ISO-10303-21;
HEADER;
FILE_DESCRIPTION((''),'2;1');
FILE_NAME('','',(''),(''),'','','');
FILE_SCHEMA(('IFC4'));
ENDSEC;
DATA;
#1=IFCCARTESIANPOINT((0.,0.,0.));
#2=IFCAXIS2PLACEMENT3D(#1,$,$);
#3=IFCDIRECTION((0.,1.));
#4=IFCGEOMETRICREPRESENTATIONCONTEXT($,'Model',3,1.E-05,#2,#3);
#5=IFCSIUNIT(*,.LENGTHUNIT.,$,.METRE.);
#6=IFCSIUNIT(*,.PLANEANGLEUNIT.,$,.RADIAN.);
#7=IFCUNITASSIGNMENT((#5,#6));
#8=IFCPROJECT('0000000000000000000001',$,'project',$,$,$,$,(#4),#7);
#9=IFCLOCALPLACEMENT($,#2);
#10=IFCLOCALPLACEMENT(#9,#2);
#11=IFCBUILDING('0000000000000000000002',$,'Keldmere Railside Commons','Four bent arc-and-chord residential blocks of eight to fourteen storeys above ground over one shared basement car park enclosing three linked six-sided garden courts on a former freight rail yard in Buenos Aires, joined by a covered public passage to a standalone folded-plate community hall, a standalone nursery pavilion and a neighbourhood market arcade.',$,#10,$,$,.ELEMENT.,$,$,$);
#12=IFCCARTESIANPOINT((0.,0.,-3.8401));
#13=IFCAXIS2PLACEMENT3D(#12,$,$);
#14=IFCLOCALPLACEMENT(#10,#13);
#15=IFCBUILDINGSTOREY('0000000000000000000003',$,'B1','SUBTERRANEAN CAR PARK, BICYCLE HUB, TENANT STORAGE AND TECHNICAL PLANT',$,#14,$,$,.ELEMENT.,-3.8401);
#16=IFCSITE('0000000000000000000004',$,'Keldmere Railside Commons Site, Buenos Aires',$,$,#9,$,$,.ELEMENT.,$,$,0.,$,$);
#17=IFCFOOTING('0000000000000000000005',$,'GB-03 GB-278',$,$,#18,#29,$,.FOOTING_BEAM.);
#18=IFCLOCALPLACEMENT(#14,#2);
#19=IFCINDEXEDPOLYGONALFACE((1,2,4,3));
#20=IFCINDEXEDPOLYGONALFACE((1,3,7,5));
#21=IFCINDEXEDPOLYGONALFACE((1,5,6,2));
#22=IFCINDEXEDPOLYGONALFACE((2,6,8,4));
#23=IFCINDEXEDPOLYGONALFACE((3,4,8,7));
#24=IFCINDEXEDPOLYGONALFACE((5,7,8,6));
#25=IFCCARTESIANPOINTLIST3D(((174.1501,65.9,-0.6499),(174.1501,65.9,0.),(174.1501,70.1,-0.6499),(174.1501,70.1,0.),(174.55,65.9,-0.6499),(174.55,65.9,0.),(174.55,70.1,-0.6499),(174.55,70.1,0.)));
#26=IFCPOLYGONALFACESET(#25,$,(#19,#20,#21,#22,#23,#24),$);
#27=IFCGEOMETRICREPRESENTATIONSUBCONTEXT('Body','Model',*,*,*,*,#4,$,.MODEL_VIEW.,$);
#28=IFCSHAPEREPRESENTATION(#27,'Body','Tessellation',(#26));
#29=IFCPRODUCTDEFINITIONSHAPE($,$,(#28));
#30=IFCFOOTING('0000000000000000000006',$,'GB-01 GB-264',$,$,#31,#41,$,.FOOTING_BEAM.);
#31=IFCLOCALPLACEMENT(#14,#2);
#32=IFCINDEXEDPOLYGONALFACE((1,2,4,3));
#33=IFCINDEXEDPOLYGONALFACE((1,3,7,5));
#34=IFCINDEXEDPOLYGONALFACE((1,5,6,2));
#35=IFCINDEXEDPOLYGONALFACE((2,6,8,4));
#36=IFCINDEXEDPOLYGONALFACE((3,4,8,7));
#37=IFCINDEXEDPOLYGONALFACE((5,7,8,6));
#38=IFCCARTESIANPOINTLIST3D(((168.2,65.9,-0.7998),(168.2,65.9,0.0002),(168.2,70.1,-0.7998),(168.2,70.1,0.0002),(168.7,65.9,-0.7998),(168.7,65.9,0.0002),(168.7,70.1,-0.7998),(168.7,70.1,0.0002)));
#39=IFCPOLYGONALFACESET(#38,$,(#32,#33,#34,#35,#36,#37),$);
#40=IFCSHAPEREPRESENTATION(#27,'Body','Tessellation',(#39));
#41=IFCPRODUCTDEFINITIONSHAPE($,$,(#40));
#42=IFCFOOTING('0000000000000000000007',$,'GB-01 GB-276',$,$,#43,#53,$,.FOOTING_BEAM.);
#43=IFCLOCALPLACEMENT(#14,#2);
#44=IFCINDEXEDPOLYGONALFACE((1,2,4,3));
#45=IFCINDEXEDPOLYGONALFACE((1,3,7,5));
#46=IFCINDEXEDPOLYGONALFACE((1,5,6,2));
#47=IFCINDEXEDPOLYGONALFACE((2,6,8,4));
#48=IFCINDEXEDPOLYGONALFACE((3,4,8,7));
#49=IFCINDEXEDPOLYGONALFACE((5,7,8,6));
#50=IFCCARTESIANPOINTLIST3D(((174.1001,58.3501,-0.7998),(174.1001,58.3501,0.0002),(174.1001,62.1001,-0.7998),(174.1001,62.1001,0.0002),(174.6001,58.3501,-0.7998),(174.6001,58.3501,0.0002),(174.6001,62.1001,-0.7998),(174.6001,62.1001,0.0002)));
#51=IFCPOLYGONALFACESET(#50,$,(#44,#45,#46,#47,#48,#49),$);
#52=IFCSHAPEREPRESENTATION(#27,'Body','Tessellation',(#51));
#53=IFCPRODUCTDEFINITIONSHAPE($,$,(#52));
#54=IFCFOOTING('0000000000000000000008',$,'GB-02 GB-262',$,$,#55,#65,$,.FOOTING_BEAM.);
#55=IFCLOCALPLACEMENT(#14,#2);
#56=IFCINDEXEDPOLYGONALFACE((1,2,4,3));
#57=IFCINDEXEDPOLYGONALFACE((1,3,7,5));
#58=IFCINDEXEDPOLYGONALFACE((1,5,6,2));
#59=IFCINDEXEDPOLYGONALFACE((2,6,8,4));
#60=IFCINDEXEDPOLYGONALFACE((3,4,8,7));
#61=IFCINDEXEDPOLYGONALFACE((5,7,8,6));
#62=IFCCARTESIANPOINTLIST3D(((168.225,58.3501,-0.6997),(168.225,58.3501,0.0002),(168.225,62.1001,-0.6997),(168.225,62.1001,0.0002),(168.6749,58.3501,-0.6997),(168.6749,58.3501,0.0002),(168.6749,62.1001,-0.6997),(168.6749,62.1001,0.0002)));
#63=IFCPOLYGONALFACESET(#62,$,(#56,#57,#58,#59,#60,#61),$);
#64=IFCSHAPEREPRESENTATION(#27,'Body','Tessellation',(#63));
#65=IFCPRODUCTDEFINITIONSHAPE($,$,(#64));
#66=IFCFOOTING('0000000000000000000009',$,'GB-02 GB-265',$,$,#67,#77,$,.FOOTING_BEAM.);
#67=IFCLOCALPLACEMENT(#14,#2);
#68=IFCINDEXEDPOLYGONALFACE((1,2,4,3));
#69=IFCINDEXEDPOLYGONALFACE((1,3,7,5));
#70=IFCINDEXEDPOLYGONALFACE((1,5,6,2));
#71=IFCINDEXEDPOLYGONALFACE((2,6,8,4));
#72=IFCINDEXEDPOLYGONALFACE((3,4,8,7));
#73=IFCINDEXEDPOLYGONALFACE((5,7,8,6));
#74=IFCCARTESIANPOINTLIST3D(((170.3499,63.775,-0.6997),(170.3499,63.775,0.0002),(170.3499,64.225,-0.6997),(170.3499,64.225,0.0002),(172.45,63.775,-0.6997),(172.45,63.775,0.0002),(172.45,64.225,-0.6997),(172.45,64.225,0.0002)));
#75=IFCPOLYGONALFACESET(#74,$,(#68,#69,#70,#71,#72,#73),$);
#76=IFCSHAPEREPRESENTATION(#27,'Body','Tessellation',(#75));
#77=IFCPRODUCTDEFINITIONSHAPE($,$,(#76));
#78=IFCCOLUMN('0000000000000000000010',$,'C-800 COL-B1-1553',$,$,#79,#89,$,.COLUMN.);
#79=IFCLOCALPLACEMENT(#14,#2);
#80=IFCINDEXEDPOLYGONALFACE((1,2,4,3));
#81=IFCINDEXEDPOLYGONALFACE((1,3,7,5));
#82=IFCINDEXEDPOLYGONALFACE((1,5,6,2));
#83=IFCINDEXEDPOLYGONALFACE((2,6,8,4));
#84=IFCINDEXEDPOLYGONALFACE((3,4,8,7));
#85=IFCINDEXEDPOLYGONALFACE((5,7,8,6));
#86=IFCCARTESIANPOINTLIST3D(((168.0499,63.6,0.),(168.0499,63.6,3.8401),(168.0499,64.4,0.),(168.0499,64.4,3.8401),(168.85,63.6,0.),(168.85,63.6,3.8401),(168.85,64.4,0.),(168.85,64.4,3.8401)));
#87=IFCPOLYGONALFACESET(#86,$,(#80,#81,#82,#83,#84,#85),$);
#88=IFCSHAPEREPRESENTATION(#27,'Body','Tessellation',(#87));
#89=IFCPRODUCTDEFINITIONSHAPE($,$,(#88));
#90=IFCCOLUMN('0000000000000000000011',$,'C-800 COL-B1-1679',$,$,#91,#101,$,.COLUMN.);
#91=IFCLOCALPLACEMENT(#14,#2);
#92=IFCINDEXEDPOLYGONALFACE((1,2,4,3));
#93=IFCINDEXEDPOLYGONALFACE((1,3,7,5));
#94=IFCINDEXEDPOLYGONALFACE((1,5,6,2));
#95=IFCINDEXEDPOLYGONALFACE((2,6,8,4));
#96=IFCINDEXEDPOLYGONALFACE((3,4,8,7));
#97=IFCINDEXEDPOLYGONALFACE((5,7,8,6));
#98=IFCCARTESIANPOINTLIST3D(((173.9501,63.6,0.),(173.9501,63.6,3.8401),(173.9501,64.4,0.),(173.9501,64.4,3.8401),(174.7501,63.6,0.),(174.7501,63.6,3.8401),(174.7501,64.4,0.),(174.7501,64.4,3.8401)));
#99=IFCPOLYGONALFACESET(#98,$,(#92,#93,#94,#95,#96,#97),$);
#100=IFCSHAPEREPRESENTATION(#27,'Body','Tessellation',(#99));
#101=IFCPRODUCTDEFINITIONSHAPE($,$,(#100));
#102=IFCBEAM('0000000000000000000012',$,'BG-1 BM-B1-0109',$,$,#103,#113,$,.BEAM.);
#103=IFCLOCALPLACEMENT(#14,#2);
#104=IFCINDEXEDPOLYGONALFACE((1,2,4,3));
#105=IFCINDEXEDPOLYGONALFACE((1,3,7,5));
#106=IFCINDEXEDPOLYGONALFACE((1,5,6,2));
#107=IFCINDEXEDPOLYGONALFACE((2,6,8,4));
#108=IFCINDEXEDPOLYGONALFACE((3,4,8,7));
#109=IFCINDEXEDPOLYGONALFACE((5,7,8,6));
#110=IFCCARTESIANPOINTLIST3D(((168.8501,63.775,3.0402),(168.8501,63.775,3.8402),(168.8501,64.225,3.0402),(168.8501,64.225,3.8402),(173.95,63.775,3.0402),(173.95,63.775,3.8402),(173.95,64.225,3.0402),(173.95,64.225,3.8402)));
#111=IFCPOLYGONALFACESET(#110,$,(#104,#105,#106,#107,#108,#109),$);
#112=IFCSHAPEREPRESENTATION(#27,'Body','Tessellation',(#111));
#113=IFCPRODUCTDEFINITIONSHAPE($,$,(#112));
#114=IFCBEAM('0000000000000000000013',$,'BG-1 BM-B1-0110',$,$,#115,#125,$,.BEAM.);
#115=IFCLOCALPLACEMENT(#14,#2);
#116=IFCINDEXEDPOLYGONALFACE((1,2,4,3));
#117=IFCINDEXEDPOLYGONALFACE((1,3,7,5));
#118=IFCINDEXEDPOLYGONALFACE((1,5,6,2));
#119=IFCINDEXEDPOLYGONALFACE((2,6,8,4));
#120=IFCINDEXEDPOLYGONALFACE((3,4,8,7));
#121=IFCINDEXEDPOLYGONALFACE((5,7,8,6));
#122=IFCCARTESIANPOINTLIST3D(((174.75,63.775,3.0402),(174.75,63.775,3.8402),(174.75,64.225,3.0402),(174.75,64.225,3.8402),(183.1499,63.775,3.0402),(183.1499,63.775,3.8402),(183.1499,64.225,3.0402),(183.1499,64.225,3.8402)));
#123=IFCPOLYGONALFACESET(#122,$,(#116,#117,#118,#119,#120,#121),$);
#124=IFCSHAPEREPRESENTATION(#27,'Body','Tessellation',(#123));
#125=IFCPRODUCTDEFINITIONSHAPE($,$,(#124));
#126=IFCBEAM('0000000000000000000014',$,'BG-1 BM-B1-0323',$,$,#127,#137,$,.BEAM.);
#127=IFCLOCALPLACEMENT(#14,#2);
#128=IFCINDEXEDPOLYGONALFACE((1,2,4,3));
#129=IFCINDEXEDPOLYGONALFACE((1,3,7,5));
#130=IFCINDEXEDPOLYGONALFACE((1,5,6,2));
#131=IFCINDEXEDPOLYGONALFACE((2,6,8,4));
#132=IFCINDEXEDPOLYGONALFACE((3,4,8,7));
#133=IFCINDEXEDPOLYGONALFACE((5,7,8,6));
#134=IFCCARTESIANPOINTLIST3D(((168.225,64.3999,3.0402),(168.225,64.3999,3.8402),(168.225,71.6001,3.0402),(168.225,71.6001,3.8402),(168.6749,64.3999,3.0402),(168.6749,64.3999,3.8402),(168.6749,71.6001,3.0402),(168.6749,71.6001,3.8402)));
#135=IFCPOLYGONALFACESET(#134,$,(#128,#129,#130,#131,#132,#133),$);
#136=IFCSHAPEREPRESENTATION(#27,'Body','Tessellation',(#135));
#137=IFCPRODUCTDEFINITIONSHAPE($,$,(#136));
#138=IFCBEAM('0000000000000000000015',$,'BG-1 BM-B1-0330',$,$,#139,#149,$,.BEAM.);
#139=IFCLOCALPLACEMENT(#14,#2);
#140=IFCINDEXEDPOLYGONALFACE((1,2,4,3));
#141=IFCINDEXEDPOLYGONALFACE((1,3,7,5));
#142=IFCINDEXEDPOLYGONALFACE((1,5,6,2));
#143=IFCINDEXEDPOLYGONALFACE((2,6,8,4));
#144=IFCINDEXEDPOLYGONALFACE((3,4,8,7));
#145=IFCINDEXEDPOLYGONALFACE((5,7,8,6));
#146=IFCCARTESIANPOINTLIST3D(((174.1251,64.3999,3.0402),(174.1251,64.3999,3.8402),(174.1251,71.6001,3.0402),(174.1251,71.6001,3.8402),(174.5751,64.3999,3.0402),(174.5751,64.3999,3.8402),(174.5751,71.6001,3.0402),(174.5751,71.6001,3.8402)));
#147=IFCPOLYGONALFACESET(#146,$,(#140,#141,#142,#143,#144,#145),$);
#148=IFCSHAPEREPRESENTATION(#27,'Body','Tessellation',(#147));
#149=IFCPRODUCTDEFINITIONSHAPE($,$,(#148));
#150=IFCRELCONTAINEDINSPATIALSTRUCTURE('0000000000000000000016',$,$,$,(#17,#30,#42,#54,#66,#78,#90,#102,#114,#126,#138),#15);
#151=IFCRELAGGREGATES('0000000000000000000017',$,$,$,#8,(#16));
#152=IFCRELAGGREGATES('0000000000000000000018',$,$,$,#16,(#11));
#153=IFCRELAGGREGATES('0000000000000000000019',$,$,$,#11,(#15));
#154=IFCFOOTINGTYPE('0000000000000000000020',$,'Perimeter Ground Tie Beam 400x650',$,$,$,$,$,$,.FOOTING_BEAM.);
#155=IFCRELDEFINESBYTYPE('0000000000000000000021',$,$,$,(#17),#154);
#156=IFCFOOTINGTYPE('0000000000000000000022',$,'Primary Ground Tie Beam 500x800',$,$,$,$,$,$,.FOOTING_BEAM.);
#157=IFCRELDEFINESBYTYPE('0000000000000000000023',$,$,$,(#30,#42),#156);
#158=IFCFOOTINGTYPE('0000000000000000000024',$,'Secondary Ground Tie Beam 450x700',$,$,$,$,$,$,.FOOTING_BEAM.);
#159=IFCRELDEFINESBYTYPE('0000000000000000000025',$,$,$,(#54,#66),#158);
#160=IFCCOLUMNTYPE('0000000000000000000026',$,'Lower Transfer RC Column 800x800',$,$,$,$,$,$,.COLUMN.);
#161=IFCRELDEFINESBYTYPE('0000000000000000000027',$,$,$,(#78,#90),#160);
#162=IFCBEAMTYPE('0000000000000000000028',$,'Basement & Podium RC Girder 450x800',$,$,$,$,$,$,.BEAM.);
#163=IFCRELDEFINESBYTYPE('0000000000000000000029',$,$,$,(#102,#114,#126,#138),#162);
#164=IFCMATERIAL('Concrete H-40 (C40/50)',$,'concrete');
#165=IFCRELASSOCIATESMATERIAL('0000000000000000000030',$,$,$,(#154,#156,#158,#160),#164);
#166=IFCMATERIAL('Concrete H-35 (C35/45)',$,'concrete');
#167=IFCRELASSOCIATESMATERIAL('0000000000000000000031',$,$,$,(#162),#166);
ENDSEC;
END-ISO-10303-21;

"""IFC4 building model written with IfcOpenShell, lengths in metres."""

from ifc_helpers import new_model, si_unit, direction, frame, origin, origin_2d, place, context, subcontext, project, spatial, rectangle, extrude, material, material_profile, profile_set, type_object, element, save


model = new_model("IFC4")

# Units and contexts
model_context = context("Model", 3, precision=1e-05, world=origin(), true_north=direction((0.0, 1.0)))
body_context = subcontext(model_context, "Body", "Model", "MODEL_VIEW")
ifc_project = project(units=[si_unit("LENGTHUNIT", "METRE"), si_unit("PLANEANGLEUNIT", "RADIAN")], contexts=[model_context])

# Site, building, storey
site_placement = place(None, origin())
site = spatial("IfcSite", under=ifc_project, at=site_placement, Name="Keldmere Railside Commons Site, Buenos Aires", CompositionType="ELEMENT", RefElevation=0.0)
building_placement = place(site_placement, origin())
building = spatial("IfcBuilding", under=site, at=building_placement, Name="Keldmere Railside Commons", Description="Four bent arc-and-chord residential blocks of eight to fourteen storeys above ground over one shared basement car park enclosing three linked six-sided garden courts on a former freight rail yard in Buenos Aires, joined by a covered public passage to a standalone folded-plate community hall, a standalone nursery pavilion and a neighbourhood market arcade.", CompositionType="ELEMENT")
storey_placement = place(building_placement, frame((0.0, 0.0, -3.8401)))
storey = spatial("IfcBuildingStorey", under=building, at=storey_placement, Name="B1", Description="SUBTERRANEAN CAR PARK, BICYCLE HUB, TENANT STORAGE AND TECHNICAL PLANT", CompositionType="ELEMENT", Elevation=-3.8401)

# Footings
ifc_material_1 = material(Name="Concrete H-40 (C40/50)", Category="concrete")
footing_type_1 = type_object("IfcFootingType", Name="Perimeter Ground Tie Beam 400x650", PredefinedType="FOOTING_BEAM", material=ifc_material_1)
footing_1_placement = place(storey_placement, frame((174.3501, 68.0, -0.6499), z_axis=(0.0, 0.0, 1.0), x_axis=(0.0, 1.0, 0.0)))
element("IfcFooting", 1, at=footing_1_placement, inside=storey, type_object=footing_type_1, Name="GB-03 GB-278", PredefinedType="FOOTING_BEAM", context=body_context, shape_type="SweptSolid", body=[
    extrude(rectangle(XDim=4.2, YDim=0.3999, at=origin_2d()), origin(), (0.0, 0.0, 1.0), 0.6499),
])
footing_type_2 = type_object("IfcFootingType", Name="Primary Ground Tie Beam 500x800", PredefinedType="FOOTING_BEAM", material=ifc_material_1)
footing_2_placement = place(storey_placement, frame((168.45, 68.0, -0.7998), z_axis=(0.0, 0.0, 1.0), x_axis=(0.0, 1.0, 0.0)))
element("IfcFooting", 2, at=footing_2_placement, inside=storey, type_object=footing_type_2, Name="GB-01 GB-264", PredefinedType="FOOTING_BEAM", context=body_context, shape_type="SweptSolid", body=[
    extrude(rectangle(XDim=4.2, YDim=0.5, at=origin_2d()), origin(), (0.0, 0.0, 1.0), 0.8),
])
footing_3_placement = place(storey_placement, frame((174.3501, 60.2251, -0.7998), z_axis=(0.0, 0.0, 1.0), x_axis=(0.0, 1.0, 0.0)))
element("IfcFooting", 3, at=footing_3_placement, inside=storey, type_object=footing_type_2, Name="GB-01 GB-276", PredefinedType="FOOTING_BEAM", context=body_context, shape_type="SweptSolid", body=[
    extrude(rectangle(XDim=3.75, YDim=0.5, at=origin_2d()), origin(), (0.0, 0.0, 1.0), 0.8),
])
footing_type_3 = type_object("IfcFootingType", Name="Secondary Ground Tie Beam 450x700", PredefinedType="FOOTING_BEAM", material=ifc_material_1)
footing_4_placement = place(storey_placement, frame((168.45, 60.2251, -0.6997), z_axis=(0.0, 0.0, 1.0), x_axis=(0.0, 1.0, 0.0)))
element("IfcFooting", 4, at=footing_4_placement, inside=storey, type_object=footing_type_3, Name="GB-02 GB-262", PredefinedType="FOOTING_BEAM", context=body_context, shape_type="SweptSolid", body=[
    extrude(rectangle(XDim=3.75, YDim=0.45, at=origin_2d()), origin(), (0.0, 0.0, 1.0), 0.7),
])
footing_5_placement = place(storey_placement, frame((171.3999, 64.0, -0.6997), z_axis=(0.0, 0.0, 1.0), x_axis=(1.0, 0.0, 0.0)))
element("IfcFooting", 5, at=footing_5_placement, inside=storey, type_object=footing_type_3, Name="GB-02 GB-265", PredefinedType="FOOTING_BEAM", context=body_context, shape_type="SweptSolid", body=[
    extrude(rectangle(XDim=2.1001, YDim=0.45, at=origin_2d()), origin(), (0.0, 0.0, 1.0), 0.7),
])

# Columns
ifc_material_profile_1 = material_profile(ifc_material_1, rectangle(XDim=0.8, YDim=0.8, at=origin_2d()), Name="RC-800x800")
ifc_profile_set_1 = profile_set([ifc_material_profile_1], Name="Concrete H-40 (C40/50)")
column_type = type_object("IfcColumnType", Name="Lower Transfer RC Column 800x800", PredefinedType="COLUMN", material=ifc_profile_set_1)
for number, where, z_axis, x_axis, name in (
    (6, (168.45, 64.0, 0.0), (0.0, 0.0, 1.0), (1.0, 0.0, 0.0), "C-800 COL-B1-1553"),
    (7, (174.3501, 64.0, 0.0), (0.0, 0.0, 1.0), (1.0, 0.0, 0.0), "C-800 COL-B1-1679"),
):
    element("IfcColumn", number, at=place(storey_placement, frame(where, z_axis=z_axis, x_axis=x_axis)), inside=storey, type_object=column_type, Name=name, PredefinedType="COLUMN", context=body_context, shape_type="SweptSolid", body=[
        extrude(rectangle(XDim=0.8, YDim=0.8, at=origin_2d()), origin(), (0.0, 0.0, 1.0), 3.8401),
    ])

# Beams
ifc_material_2 = material(Name="Concrete H-35 (C35/45)", Category="concrete")
ifc_material_profile_2 = material_profile(ifc_material_2, rectangle(XDim=0.45, YDim=0.8, at=origin_2d()), Name="RC-450x800")
ifc_profile_set_2 = profile_set([ifc_material_profile_2], Name="Concrete H-35 (C35/45)")
beam_type = type_object("IfcBeamType", Name="Basement & Podium RC Girder 450x800", PredefinedType="BEAM", material=ifc_profile_set_2)
beam_1_placement = place(storey_placement, frame((168.8501, 64.0, 3.4402), z_axis=(1.0, 0.0, 0.0), x_axis=(0.0, 1.0, 0.0)))
element("IfcBeam", 8, at=beam_1_placement, inside=storey, type_object=beam_type, Name="BG-1 BM-B1-0109", PredefinedType="BEAM", context=body_context, shape_type="SweptSolid", body=[
    extrude(rectangle(XDim=0.45, YDim=0.8, at=origin_2d()), origin(), (0.0, 0.0, 1.0), 5.0999),
])
beam_2_placement = place(storey_placement, frame((174.75, 64.0, 3.4402), z_axis=(1.0, 0.0, 0.0), x_axis=(0.0, 1.0, 0.0)))
element("IfcBeam", 9, at=beam_2_placement, inside=storey, type_object=beam_type, Name="BG-1 BM-B1-0110", PredefinedType="BEAM", context=body_context, shape_type="SweptSolid", body=[
    extrude(rectangle(XDim=0.45, YDim=0.8, at=origin_2d()), origin(), (0.0, 0.0, 1.0), 8.3999),
])
for number, where, z_axis, x_axis, name in (
    (10, (168.45, 64.3999, 3.4402), (0.0, 1.0, 0.0), (-1.0, 0.0, 0.0), "BG-1 BM-B1-0323"),
    (11, (174.3501, 64.3999, 3.4402), (0.0, 1.0, 0.0), (-1.0, 0.0, 0.0), "BG-1 BM-B1-0330"),
):
    element("IfcBeam", number, at=place(storey_placement, frame(where, z_axis=z_axis, x_axis=x_axis)), inside=storey, type_object=beam_type, Name=name, PredefinedType="BEAM", context=body_context, shape_type="SweptSolid", body=[
        extrude(rectangle(XDim=0.45, YDim=0.8, at=origin_2d()), origin(), (0.0, 0.0, 1.0), 7.2002),
    ])

save(model, "model.ifc")
